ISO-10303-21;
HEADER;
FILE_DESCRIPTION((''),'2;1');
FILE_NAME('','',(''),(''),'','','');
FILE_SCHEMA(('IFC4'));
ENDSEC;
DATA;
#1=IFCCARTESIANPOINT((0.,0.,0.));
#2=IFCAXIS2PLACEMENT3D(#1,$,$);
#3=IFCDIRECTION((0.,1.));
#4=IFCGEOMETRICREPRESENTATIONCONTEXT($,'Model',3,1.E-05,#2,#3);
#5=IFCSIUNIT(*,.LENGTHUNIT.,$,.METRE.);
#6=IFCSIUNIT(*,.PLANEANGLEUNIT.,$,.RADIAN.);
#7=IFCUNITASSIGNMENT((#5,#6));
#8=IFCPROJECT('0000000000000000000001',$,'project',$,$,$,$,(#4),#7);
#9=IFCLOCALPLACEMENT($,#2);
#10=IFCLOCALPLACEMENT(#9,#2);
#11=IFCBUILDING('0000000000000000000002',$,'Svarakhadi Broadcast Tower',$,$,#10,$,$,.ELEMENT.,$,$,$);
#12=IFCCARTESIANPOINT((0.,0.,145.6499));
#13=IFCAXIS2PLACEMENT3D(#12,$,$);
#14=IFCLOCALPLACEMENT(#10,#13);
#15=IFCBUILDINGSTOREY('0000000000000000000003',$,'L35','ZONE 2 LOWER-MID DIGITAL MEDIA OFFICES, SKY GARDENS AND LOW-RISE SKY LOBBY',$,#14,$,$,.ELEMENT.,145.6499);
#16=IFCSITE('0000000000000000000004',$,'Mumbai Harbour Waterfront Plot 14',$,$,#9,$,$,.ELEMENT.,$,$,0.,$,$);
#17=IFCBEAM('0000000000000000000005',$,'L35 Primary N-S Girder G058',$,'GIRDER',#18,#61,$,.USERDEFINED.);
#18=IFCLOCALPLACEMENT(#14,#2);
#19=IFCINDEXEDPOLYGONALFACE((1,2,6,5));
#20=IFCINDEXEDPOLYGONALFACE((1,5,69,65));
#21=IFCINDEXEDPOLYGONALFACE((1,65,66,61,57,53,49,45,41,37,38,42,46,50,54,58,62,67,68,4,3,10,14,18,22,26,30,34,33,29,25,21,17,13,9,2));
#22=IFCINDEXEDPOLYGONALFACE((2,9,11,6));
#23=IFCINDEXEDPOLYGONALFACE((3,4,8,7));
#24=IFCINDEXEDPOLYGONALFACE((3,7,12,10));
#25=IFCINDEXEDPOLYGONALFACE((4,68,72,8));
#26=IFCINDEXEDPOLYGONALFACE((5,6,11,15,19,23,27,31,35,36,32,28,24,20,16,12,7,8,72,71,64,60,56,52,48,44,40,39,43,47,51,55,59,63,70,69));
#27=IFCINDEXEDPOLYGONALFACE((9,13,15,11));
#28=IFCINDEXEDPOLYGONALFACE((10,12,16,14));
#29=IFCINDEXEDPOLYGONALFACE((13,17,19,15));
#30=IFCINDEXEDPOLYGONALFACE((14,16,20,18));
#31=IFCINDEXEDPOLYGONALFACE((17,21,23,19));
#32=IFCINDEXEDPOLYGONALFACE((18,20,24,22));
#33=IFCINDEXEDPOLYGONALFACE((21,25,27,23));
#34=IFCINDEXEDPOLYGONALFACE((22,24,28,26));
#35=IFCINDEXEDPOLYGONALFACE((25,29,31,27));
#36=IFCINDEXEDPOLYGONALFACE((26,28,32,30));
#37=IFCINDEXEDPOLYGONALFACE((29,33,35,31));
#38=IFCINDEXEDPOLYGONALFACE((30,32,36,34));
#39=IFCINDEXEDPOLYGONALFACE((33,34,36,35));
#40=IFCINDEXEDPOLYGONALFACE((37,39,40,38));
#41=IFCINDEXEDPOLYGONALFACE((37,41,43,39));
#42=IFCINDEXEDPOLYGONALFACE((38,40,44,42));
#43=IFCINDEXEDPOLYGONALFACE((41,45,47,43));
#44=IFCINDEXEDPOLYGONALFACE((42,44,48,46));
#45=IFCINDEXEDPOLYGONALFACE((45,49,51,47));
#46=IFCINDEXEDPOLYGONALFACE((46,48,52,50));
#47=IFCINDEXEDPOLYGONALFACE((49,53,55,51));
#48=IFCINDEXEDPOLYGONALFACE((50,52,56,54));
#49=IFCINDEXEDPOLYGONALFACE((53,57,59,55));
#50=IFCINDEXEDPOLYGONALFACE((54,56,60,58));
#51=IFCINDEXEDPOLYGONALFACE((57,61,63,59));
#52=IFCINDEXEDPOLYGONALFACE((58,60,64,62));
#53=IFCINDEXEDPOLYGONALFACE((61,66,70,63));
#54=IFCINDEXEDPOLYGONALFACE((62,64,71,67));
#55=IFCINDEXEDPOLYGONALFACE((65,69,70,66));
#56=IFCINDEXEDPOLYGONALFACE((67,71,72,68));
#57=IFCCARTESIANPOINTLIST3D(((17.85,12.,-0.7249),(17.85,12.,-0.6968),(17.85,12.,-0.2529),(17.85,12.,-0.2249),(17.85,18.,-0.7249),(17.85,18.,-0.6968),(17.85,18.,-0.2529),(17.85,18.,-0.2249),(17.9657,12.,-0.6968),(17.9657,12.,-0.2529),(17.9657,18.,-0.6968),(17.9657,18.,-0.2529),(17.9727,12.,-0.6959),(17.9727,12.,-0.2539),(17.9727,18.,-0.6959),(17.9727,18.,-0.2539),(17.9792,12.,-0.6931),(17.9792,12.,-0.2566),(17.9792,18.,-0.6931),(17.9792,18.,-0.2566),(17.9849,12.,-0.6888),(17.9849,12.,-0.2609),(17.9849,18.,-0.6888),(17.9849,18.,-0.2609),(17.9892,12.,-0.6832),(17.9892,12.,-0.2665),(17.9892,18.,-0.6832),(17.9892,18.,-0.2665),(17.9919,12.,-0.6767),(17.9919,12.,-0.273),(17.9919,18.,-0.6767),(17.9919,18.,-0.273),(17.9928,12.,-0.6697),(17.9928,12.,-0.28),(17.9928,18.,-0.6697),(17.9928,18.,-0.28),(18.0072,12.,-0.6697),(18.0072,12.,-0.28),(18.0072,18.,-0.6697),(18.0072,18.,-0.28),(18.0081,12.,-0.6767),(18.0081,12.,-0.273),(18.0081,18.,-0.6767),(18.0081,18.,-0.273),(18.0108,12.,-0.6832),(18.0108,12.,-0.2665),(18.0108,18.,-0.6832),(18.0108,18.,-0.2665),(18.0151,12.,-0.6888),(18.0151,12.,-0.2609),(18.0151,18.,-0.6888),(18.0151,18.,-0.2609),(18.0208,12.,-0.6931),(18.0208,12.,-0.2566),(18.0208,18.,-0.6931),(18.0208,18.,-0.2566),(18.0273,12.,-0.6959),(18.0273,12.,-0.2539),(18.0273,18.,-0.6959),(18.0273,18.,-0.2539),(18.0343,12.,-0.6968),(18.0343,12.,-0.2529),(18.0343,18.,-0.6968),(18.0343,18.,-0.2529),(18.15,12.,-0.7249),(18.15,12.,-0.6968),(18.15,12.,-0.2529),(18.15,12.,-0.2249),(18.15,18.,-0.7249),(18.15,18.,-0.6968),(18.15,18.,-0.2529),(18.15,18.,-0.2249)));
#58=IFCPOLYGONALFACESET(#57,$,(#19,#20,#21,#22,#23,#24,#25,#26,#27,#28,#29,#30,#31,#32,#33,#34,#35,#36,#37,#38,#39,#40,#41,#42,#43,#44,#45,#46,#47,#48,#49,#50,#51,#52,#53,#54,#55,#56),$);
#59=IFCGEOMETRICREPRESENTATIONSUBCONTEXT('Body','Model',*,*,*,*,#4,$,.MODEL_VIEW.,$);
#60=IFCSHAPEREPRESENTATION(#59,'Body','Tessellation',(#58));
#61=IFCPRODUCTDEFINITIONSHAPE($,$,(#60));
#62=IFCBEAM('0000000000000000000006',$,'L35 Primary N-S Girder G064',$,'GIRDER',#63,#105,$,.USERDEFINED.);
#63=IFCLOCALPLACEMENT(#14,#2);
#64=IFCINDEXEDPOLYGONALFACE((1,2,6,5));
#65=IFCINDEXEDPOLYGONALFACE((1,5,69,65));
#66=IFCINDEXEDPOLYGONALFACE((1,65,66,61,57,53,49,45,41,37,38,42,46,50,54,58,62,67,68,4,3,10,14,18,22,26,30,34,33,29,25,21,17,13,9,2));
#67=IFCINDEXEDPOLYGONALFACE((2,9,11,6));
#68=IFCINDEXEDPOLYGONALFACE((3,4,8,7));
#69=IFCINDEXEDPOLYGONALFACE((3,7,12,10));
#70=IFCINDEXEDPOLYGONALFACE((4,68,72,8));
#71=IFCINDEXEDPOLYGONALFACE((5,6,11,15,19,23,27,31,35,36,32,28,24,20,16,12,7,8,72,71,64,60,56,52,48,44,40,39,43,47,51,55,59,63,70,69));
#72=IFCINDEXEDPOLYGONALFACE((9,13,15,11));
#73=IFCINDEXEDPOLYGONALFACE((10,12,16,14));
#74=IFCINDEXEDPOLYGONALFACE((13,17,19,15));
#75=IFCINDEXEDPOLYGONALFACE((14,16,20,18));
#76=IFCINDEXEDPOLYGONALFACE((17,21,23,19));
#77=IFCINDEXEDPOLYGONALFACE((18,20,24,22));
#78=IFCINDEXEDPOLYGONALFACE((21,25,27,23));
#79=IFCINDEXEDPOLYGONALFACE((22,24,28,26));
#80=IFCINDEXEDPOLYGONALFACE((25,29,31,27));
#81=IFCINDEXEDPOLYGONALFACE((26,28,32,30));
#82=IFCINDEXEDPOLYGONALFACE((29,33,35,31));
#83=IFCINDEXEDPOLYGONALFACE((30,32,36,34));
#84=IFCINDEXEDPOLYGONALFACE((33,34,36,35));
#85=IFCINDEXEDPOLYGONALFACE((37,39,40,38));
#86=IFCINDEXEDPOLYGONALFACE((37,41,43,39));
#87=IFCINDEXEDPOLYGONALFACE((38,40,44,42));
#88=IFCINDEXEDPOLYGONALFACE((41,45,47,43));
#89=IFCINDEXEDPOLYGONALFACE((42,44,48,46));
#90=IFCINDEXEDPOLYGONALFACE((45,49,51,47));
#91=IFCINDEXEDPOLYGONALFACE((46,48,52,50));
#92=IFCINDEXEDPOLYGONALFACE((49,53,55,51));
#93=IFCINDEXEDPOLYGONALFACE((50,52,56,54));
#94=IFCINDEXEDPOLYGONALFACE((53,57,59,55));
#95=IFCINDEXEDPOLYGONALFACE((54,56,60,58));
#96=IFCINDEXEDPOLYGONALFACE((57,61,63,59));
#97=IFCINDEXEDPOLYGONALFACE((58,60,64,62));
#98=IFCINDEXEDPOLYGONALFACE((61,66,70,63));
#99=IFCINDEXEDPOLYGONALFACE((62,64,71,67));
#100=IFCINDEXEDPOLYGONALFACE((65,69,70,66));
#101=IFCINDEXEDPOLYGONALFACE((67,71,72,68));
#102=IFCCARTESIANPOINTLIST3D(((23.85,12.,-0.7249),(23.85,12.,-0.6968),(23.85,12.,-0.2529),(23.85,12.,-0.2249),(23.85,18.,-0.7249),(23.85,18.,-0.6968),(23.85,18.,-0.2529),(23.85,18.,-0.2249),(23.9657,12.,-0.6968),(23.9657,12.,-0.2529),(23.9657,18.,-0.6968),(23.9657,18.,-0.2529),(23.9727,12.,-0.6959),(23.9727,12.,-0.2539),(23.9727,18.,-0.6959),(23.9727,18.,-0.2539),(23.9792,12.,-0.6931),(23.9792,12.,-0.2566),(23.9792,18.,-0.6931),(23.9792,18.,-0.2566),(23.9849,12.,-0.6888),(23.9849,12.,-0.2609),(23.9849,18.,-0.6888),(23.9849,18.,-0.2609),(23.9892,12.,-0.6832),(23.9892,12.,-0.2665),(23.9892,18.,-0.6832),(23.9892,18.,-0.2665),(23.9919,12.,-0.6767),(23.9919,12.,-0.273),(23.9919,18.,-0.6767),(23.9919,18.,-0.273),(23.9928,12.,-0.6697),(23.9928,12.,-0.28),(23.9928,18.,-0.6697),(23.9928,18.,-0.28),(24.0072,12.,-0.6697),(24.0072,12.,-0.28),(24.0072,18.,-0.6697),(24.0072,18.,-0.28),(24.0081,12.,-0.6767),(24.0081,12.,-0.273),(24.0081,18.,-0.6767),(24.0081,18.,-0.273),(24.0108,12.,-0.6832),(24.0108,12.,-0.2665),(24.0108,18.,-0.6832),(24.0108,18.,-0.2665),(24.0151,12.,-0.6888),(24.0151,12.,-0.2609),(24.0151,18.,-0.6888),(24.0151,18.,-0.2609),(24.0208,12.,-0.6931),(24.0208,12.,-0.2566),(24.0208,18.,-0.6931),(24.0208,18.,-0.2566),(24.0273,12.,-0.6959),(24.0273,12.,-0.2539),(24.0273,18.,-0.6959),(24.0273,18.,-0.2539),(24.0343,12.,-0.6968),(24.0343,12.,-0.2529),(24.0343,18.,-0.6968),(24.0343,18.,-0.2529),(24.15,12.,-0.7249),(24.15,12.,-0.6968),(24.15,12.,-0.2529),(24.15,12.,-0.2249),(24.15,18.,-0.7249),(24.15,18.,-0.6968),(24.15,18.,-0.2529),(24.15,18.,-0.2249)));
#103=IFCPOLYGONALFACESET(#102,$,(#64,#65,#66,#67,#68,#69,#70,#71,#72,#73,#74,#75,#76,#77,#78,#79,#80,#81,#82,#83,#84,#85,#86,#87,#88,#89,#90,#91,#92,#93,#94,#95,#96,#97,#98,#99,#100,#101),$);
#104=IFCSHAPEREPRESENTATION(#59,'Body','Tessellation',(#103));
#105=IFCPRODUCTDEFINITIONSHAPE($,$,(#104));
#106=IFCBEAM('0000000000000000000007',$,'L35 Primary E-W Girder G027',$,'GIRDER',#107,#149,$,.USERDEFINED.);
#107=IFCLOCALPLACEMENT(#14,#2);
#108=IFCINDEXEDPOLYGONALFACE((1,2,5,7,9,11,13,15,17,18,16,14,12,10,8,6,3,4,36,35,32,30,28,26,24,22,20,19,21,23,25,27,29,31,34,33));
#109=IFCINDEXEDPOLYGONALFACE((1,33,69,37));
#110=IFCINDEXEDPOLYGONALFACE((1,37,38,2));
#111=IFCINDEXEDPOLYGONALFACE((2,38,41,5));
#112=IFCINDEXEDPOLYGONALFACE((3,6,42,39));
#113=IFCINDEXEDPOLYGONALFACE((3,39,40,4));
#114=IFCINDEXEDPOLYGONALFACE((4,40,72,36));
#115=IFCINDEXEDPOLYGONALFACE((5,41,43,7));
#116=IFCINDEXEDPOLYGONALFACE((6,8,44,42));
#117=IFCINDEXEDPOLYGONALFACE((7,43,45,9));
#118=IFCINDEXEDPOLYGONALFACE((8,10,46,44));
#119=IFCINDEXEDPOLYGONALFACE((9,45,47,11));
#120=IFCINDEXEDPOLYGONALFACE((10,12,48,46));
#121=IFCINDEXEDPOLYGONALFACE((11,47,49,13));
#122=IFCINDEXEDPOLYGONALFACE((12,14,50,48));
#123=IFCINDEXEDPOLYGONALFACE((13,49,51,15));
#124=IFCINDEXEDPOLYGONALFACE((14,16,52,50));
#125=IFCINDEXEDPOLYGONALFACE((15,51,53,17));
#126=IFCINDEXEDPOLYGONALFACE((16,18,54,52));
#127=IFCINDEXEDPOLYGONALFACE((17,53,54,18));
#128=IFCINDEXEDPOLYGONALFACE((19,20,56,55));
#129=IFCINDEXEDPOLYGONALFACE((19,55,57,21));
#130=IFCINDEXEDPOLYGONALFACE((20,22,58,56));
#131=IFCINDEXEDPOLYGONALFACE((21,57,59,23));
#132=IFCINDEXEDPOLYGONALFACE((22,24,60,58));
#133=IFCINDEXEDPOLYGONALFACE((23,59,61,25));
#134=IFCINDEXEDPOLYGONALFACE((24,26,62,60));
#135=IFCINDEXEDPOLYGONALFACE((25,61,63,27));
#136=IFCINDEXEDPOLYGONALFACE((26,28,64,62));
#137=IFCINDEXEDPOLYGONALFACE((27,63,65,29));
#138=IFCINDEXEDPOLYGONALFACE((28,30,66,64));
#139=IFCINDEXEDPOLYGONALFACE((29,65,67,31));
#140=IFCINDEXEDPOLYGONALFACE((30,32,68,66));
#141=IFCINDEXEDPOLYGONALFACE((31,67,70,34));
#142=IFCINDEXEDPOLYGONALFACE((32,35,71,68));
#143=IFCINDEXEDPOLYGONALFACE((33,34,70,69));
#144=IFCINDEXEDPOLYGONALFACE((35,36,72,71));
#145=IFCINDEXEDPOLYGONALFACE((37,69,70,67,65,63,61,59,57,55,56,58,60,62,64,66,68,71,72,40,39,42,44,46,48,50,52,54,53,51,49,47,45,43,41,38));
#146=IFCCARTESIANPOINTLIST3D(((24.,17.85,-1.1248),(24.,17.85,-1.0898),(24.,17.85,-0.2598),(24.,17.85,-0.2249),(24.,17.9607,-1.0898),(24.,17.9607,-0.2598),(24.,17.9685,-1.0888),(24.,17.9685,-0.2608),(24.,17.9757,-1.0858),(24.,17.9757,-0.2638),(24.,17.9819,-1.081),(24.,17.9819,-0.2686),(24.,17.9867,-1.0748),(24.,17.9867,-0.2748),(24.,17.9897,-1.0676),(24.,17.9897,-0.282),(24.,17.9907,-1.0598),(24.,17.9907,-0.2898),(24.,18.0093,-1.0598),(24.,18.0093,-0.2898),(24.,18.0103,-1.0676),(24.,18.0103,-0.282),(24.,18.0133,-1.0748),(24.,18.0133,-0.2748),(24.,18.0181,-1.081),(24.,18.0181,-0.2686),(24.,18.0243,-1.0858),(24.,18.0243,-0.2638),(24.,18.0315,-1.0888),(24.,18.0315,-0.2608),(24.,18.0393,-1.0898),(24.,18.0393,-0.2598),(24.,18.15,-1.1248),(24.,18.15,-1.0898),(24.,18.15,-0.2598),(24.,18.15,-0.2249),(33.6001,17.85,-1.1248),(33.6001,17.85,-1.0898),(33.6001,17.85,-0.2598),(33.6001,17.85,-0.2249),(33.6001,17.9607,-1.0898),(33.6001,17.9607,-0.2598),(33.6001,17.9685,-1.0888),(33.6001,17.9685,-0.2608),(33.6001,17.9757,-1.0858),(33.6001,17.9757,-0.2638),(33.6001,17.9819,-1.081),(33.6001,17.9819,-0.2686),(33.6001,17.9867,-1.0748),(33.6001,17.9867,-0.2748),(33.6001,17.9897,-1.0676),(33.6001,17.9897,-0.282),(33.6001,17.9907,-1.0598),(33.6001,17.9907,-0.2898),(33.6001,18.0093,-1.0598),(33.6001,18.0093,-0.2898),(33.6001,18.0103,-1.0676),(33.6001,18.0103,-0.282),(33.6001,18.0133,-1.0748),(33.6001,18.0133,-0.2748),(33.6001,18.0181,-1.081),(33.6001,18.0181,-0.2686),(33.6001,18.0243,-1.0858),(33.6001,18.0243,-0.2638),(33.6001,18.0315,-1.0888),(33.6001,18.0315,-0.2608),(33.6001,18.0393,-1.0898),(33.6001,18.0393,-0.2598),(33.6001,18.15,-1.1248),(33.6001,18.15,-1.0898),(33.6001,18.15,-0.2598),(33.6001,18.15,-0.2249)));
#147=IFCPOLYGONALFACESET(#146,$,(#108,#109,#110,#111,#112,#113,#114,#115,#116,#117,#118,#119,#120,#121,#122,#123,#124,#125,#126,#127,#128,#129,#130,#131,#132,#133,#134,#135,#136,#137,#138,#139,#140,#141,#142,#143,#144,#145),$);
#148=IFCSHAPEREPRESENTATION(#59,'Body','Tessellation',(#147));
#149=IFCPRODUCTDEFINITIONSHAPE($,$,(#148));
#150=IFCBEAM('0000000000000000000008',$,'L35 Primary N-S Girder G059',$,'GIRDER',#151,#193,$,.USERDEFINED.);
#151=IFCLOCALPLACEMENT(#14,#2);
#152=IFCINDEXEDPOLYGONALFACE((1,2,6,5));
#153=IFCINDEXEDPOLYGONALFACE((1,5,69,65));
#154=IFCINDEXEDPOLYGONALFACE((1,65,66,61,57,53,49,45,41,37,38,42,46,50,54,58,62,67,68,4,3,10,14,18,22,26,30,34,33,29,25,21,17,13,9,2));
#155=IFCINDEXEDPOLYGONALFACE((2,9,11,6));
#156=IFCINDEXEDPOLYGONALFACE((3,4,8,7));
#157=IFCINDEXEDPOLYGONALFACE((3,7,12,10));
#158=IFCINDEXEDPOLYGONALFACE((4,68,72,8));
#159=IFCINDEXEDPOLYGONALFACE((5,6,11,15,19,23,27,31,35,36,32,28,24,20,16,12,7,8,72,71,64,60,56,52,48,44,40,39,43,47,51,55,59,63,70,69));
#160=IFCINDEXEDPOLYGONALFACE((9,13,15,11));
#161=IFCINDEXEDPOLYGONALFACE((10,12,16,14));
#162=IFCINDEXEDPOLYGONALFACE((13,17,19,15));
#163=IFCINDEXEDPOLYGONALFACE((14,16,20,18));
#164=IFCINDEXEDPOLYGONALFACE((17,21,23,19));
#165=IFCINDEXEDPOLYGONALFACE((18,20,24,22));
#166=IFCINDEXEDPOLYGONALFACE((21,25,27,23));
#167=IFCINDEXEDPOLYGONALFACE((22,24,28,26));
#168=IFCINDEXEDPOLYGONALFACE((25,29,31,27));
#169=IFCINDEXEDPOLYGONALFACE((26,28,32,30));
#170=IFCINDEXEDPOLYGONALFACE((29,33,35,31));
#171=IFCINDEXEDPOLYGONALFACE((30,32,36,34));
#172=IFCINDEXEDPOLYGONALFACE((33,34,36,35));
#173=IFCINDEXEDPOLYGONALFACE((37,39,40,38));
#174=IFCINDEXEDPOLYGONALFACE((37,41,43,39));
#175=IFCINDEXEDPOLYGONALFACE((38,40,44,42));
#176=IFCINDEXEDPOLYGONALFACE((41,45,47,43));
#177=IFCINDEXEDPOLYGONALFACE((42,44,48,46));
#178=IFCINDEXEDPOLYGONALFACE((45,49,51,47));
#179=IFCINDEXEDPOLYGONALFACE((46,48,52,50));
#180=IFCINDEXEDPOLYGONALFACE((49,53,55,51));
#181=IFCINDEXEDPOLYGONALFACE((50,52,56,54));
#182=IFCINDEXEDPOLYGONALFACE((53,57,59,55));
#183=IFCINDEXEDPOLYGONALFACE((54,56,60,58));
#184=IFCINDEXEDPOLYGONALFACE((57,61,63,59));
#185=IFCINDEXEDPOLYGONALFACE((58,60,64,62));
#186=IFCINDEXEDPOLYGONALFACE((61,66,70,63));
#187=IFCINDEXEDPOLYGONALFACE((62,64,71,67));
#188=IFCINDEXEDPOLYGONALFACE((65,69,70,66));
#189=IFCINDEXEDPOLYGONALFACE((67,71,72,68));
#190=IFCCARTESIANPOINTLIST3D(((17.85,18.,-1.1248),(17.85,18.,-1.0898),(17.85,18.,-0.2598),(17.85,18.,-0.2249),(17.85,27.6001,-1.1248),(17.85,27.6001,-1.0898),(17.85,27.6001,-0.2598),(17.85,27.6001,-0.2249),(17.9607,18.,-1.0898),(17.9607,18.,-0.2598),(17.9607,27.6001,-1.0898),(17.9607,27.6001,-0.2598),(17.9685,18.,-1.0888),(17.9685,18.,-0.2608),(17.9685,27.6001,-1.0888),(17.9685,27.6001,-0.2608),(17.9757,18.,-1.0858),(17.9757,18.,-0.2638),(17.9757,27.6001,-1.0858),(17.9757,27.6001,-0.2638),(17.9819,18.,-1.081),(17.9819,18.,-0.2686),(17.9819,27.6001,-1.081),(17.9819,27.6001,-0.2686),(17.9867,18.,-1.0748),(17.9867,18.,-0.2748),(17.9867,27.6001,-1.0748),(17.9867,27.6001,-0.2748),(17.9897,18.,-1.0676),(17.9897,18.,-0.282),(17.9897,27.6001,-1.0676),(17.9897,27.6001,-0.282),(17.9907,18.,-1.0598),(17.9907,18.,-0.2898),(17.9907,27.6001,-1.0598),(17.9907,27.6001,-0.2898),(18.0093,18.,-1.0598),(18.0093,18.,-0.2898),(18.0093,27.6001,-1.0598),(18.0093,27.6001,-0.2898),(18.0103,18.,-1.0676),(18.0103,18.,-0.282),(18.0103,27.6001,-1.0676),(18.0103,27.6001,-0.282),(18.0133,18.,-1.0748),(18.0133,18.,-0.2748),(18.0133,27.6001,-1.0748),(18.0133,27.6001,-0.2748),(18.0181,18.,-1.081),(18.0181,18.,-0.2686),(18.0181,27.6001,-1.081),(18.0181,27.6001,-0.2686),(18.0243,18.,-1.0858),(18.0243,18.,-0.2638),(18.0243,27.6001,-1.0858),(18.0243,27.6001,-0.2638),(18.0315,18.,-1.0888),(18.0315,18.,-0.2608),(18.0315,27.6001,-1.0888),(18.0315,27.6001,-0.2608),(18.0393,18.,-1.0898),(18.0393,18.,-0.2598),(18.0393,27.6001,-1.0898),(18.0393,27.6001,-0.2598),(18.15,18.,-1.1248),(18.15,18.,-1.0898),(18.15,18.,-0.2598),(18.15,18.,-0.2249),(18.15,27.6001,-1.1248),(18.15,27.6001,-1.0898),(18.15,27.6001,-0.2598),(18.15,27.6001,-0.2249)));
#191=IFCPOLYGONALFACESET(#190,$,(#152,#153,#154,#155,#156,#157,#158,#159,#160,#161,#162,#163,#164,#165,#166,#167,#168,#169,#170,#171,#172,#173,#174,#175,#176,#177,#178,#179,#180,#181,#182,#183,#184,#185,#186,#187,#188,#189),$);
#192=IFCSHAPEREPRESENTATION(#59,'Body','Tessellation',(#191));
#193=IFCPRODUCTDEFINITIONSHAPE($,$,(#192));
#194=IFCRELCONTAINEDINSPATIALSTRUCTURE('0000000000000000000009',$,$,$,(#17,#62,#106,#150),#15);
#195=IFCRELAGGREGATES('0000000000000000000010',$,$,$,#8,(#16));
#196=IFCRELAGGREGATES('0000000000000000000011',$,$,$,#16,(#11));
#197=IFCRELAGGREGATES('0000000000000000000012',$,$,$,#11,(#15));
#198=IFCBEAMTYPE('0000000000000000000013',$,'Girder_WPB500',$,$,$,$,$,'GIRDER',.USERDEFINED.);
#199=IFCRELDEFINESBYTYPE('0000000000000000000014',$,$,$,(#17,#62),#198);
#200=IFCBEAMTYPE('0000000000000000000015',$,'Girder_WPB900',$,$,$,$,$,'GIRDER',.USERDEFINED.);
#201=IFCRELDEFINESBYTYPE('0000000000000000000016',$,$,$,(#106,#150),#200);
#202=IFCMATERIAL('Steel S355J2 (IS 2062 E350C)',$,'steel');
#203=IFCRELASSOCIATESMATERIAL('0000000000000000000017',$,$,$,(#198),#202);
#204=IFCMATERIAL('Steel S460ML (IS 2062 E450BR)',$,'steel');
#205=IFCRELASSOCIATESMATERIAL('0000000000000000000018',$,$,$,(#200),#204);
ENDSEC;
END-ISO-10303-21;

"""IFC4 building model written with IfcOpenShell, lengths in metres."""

from ifc_helpers import new_model, si_unit, direction, frame, origin, origin_2d, place, context, subcontext, project, spatial, i_section, extrude, material, material_profile, profile_set, type_object, element, save


model = new_model("IFC4")

# Units and contexts
model_context = context("Model", 3, precision=1e-05, world=origin(), true_north=direction((0.0, 1.0)))
body_context = subcontext(model_context, "Body", "Model", "MODEL_VIEW")
ifc_project = project(units=[si_unit("LENGTHUNIT", "METRE"), si_unit("PLANEANGLEUNIT", "RADIAN")], contexts=[model_context])

# Site, building, storey
site_placement = place(None, origin())
site = spatial("IfcSite", under=ifc_project, at=site_placement, Name="Mumbai Harbour Waterfront Plot 14", CompositionType="ELEMENT", RefElevation=0.0)
building_placement = place(site_placement, origin())
building = spatial("IfcBuilding", under=site, at=building_placement, Name="Svarakhadi Broadcast Tower", CompositionType="ELEMENT")
storey_placement = place(building_placement, frame((0.0, 0.0, 145.6499)))
storey = spatial("IfcBuildingStorey", under=building, at=storey_placement, Name="L35", Description="ZONE 2 LOWER-MID DIGITAL MEDIA OFFICES, SKY GARDENS AND LOW-RISE SKY LOBBY", CompositionType="ELEMENT", Elevation=145.6499)

# Beams
ifc_material_1 = material(Name="Steel S355J2 (IS 2062 E350C)", Category="steel")
ifc_material_profile_1 = material_profile(ifc_material_1, i_section(OverallWidth=0.3, OverallDepth=0.5, WebThickness=0.0144, FlangeThickness=0.0281, FilletRadius=0.0271, at=origin_2d()), Name="WPB 500x300x187")
ifc_profile_set_1 = profile_set([ifc_material_profile_1], Name="Steel S355J2 (IS 2062 E350C)")
beam_type_1 = type_object("IfcBeamType", Name="Girder_WPB500", ElementType="GIRDER", PredefinedType="USERDEFINED", material=ifc_profile_set_1)
for number, where, z_axis, x_axis, name in (
    (1, (18.0, 12.0, -0.4749), (0.0, 1.0, 0.0), (-1.0, 0.0, 0.0), "L35 Primary N-S Girder G058"),
    (2, (24.0, 12.0, -0.4749), (0.0, 1.0, 0.0), (-1.0, 0.0, 0.0), "L35 Primary N-S Girder G064"),
):
    element("IfcBeam", number, at=place(storey_placement, frame(where, z_axis=z_axis, x_axis=x_axis)), inside=storey, type_object=beam_type_1, Name=name, ObjectType="GIRDER", PredefinedType="USERDEFINED", context=body_context, shape_type="SweptSolid", body=[
        extrude(i_section(OverallWidth=0.3, OverallDepth=0.5, WebThickness=0.0144, FlangeThickness=0.0281, FilletRadius=0.0271, at=origin_2d()), origin(), (0.0, 0.0, 1.0), 6.0),
    ])
ifc_material_2 = material(Name="Steel S460ML (IS 2062 E450BR)", Category="steel")
ifc_material_profile_2 = material_profile(ifc_material_2, i_section(OverallWidth=0.3, OverallDepth=0.8999, WebThickness=0.0186, FlangeThickness=0.0349, FilletRadius=0.03, at=origin_2d()), Name="WPB 900x300x291")
ifc_profile_set_2 = profile_set([ifc_material_profile_2], Name="Steel S460ML (IS 2062 E450BR)")
beam_type_2 = type_object("IfcBeamType", Name="Girder_WPB900", ElementType="GIRDER", PredefinedType="USERDEFINED", material=ifc_profile_set_2)
for number, where, z_axis, x_axis, name in (
    (3, (24.0, 18.0, -0.6748), (1.0, 0.0, 0.0), (0.0, 1.0, 0.0), "L35 Primary E-W Girder G027"),
    (4, (18.0, 18.0, -0.6748), (0.0, 1.0, 0.0), (-1.0, 0.0, 0.0), "L35 Primary N-S Girder G059"),
):
    element("IfcBeam", number, at=place(storey_placement, frame(where, z_axis=z_axis, x_axis=x_axis)), inside=storey, type_object=beam_type_2, Name=name, ObjectType="GIRDER", PredefinedType="USERDEFINED", context=body_context, shape_type="SweptSolid", body=[
        extrude(i_section(OverallWidth=0.3, OverallDepth=0.8999, WebThickness=0.0186, FlangeThickness=0.0349, FilletRadius=0.03, at=origin_2d()), origin(), (0.0, 0.0, 1.0), 9.6001),
    ])

save(model, "model.ifc")
